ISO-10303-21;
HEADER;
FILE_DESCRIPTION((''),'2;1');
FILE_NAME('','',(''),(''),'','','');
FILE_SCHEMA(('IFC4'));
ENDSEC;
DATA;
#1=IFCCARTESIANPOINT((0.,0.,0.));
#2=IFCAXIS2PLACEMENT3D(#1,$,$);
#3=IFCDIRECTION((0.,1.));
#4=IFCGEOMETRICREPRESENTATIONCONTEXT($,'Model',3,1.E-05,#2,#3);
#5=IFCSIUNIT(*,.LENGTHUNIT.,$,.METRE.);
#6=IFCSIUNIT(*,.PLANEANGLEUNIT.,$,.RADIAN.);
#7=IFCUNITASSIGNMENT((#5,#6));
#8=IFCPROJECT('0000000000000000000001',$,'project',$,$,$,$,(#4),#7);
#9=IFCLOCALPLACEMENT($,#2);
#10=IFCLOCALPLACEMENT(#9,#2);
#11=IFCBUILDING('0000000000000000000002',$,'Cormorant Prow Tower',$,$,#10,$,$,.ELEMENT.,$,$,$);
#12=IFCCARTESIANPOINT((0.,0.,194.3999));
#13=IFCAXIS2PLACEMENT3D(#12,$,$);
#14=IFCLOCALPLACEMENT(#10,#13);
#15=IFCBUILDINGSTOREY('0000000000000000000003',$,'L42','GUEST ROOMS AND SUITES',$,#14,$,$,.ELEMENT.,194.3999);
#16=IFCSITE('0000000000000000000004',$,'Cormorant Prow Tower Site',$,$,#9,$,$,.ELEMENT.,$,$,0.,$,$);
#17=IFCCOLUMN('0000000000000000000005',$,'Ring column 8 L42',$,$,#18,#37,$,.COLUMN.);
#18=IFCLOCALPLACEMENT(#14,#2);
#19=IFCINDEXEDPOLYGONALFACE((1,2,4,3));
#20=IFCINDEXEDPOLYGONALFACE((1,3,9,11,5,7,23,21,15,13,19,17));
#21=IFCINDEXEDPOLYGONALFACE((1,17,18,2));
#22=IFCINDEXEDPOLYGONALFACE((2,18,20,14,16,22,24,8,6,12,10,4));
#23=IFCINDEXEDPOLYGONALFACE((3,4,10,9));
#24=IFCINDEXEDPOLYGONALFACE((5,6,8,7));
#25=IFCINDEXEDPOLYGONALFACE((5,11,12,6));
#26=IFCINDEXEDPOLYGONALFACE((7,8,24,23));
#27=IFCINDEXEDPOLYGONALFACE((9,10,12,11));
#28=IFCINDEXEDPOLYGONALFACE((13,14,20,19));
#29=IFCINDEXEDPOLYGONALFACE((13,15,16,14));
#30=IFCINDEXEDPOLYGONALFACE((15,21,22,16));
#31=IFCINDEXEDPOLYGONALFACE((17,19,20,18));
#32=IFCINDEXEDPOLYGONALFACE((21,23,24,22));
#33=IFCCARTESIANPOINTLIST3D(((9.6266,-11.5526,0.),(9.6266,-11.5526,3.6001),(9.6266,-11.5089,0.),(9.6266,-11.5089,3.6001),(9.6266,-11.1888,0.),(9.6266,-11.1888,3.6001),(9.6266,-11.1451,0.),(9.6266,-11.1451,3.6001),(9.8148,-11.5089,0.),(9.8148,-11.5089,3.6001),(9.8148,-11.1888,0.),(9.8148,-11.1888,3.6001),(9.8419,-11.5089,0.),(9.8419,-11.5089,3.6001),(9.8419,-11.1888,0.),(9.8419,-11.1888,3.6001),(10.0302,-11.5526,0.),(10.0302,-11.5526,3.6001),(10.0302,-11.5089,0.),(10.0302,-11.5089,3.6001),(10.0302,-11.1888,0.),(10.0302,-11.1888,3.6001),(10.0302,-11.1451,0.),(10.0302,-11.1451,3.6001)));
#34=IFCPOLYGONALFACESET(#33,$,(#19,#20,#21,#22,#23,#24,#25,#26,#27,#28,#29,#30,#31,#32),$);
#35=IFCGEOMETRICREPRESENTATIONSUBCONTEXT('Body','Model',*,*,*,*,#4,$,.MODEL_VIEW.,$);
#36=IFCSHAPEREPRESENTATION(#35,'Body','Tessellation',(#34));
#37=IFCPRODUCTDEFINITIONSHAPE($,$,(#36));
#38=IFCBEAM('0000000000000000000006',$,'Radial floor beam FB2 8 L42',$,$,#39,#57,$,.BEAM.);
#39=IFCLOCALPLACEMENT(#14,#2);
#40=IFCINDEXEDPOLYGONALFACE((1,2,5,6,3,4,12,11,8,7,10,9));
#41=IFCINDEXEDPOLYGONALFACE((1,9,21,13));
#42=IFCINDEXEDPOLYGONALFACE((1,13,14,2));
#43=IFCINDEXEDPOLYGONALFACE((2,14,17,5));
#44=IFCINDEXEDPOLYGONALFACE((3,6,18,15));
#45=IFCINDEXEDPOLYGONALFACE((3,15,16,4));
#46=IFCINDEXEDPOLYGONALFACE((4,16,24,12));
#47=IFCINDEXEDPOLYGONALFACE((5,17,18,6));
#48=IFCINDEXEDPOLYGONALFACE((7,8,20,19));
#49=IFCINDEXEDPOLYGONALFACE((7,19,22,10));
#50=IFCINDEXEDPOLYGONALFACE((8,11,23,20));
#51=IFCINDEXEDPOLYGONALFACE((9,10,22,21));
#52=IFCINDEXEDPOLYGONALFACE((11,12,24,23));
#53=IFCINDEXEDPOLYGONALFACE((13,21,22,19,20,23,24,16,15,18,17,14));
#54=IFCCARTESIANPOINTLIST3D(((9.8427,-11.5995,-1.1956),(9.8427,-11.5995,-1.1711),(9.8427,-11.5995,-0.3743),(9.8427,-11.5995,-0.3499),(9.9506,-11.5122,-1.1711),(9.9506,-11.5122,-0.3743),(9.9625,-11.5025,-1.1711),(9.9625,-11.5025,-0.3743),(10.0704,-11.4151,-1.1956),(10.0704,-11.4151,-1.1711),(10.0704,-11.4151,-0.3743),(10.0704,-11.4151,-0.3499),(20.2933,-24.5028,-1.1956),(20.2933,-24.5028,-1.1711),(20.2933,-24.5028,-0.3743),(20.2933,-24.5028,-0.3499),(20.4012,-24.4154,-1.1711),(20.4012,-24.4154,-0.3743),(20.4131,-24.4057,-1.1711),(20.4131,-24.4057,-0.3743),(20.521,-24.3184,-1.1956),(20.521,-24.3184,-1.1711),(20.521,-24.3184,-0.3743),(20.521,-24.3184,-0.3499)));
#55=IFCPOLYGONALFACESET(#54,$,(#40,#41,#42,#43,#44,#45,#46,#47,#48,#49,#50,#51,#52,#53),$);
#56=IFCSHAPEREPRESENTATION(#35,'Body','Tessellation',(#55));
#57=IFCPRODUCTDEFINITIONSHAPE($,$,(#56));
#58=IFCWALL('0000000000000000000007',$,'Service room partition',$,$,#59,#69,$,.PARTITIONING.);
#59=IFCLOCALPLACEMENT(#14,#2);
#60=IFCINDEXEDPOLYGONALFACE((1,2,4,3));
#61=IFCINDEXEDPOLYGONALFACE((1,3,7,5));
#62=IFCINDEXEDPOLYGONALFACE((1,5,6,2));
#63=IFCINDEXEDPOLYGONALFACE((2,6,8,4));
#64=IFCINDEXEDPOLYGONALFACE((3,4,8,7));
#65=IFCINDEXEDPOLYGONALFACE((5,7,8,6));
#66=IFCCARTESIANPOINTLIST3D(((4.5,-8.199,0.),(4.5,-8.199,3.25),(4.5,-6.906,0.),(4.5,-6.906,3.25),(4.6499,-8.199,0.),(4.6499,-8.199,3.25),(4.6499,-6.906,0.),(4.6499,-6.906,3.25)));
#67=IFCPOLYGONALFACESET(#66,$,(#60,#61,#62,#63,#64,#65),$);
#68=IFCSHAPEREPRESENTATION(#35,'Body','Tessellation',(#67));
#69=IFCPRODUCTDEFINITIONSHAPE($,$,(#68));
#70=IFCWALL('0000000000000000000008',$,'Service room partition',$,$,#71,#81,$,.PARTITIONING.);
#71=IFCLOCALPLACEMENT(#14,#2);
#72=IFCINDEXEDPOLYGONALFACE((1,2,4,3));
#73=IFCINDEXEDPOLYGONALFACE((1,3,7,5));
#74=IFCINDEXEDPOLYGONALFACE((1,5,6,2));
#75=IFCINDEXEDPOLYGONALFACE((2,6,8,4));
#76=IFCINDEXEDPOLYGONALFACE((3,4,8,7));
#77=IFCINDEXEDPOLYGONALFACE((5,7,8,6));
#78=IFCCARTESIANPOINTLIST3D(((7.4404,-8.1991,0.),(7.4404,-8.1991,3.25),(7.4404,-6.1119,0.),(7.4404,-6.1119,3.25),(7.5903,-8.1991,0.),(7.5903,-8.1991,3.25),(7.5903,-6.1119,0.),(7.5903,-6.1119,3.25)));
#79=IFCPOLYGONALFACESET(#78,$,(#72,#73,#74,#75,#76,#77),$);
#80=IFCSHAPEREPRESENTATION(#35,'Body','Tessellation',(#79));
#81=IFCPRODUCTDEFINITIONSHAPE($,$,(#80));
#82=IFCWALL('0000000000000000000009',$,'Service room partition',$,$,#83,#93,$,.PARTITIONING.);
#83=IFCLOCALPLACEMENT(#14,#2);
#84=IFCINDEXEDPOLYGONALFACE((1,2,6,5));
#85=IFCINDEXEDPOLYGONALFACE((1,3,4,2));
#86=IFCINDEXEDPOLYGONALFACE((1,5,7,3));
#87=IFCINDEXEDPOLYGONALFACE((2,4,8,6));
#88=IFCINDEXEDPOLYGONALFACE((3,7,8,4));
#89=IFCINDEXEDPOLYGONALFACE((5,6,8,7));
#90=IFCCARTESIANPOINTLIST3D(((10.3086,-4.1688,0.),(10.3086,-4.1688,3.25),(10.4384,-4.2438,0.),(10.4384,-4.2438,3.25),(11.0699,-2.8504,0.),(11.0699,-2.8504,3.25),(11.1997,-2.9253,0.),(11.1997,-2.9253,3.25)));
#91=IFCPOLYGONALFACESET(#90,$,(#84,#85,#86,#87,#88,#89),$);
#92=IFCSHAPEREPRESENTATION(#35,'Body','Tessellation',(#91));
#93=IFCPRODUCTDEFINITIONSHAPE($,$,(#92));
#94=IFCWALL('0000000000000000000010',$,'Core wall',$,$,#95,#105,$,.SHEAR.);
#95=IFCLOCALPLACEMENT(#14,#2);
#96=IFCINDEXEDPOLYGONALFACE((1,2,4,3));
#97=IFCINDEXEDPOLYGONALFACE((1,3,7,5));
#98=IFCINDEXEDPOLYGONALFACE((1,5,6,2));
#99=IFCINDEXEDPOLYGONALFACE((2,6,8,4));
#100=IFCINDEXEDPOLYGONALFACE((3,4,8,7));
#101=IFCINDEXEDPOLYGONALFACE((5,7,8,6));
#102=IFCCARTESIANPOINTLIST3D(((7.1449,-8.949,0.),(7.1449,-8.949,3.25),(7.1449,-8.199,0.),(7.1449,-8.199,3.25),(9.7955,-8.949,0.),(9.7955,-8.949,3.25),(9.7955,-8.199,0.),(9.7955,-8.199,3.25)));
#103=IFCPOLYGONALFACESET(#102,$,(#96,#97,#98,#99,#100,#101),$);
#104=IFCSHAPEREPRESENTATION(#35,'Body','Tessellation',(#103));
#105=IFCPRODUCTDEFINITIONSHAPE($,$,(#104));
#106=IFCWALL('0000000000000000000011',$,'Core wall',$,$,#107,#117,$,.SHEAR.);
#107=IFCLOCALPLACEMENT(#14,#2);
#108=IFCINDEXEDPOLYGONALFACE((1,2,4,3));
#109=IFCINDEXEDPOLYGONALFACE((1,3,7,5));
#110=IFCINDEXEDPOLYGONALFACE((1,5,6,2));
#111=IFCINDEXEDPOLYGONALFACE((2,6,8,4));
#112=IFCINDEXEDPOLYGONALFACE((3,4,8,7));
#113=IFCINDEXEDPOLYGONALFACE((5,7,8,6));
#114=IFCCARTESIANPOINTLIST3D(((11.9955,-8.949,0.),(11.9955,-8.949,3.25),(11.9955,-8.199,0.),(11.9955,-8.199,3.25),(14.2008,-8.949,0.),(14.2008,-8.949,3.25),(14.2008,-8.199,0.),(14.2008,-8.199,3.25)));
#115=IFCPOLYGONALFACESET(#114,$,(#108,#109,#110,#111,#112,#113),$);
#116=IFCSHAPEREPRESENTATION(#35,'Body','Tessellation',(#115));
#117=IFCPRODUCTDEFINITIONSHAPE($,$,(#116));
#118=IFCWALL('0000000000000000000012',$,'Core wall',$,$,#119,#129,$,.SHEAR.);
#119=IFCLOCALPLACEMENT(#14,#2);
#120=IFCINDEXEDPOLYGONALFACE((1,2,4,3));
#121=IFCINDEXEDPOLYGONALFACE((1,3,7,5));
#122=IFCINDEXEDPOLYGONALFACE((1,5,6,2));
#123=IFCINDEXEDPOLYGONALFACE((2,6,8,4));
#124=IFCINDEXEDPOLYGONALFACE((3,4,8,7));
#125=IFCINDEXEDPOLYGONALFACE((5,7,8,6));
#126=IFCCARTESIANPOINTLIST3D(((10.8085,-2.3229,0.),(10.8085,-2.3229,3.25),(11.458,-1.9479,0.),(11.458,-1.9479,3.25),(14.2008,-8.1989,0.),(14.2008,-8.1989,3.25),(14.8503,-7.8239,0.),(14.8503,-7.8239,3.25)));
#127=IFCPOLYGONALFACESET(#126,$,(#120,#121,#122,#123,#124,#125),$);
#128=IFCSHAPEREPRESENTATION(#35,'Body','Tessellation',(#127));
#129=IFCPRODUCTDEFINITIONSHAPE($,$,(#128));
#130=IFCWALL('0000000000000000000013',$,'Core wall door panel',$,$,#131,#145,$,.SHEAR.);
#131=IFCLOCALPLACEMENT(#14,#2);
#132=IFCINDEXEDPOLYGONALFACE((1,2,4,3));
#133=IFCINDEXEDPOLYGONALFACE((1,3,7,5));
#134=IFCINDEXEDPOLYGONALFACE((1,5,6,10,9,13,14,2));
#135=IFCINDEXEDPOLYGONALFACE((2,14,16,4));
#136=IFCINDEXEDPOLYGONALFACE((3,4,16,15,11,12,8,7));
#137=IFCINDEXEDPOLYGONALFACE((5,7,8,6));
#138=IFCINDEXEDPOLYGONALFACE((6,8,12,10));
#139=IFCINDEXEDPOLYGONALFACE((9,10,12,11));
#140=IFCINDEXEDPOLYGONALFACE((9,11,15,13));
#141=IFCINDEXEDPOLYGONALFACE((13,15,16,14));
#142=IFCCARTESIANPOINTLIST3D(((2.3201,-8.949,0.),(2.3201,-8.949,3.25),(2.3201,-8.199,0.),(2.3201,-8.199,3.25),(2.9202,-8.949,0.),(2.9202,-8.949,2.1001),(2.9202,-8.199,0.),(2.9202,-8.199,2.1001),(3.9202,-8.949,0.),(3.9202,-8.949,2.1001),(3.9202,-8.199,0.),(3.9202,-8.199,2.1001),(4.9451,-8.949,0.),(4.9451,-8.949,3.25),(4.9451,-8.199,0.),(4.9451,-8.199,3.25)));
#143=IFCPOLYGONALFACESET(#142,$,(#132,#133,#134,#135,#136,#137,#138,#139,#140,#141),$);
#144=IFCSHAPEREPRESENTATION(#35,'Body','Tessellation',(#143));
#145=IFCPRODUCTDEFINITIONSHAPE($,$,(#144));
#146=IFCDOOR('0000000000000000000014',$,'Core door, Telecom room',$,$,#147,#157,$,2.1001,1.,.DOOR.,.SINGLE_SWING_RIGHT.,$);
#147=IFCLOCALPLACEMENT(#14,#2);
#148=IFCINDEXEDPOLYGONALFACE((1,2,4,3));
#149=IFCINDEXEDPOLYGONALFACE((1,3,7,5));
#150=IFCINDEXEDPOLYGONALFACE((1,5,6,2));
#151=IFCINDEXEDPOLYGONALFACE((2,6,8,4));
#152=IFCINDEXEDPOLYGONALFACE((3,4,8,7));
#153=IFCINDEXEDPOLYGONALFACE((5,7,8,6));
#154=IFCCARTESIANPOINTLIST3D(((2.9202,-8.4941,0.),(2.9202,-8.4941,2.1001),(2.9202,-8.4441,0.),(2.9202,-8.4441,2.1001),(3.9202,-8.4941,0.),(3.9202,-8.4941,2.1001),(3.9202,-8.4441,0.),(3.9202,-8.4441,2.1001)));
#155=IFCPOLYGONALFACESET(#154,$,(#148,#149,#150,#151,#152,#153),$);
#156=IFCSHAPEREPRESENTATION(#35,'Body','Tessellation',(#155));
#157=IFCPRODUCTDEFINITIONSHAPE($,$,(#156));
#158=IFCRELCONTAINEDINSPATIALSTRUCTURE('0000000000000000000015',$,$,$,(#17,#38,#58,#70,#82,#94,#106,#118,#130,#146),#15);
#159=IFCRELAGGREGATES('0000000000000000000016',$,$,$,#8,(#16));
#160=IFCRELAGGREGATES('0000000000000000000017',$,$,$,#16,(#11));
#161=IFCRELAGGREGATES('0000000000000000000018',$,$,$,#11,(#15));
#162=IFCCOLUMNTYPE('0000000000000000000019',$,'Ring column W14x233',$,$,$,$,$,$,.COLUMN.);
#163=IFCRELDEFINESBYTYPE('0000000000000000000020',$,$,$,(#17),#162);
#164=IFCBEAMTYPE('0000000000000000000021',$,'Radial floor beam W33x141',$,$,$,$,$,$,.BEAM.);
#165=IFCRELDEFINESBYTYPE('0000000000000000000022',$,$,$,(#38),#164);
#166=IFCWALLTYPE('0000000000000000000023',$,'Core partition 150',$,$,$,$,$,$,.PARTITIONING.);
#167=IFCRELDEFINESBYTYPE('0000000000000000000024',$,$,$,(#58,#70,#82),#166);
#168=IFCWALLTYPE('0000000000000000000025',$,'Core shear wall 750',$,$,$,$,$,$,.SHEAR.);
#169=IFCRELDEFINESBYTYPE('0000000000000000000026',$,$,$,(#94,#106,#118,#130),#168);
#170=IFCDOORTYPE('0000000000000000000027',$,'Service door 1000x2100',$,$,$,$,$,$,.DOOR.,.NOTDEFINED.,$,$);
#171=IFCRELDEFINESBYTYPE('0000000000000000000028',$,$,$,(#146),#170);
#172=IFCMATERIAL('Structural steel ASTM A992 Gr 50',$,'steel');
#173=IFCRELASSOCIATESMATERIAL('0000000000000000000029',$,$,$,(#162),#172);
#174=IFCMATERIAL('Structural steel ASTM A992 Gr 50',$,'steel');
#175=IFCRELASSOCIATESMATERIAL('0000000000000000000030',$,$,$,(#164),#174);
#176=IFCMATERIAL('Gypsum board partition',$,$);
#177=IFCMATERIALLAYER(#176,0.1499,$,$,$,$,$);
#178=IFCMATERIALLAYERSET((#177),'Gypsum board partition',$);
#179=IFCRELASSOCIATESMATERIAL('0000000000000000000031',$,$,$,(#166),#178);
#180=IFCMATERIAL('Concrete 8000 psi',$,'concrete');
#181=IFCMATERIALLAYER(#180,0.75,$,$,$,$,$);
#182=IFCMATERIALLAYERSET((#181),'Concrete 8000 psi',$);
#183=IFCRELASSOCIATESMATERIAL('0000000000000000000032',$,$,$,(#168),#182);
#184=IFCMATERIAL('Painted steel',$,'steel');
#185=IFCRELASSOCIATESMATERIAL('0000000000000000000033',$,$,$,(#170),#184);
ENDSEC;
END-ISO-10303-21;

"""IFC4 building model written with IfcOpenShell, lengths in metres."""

from ifc_helpers import new_model, si_unit, direction, frame, frame_2d, origin, origin_2d, place, context, subcontext, project, spatial, rectangle, i_section, extrude, material, layer, layer_set, material_profile, profile_set, type_object, element, fill, save


model = new_model("IFC4")

# Units and contexts
model_context = context("Model", 3, precision=1e-05, world=origin(), true_north=direction((0.0, 1.0)))
body_context = subcontext(model_context, "Body", "Model", "MODEL_VIEW")
ifc_project = project(units=[si_unit("LENGTHUNIT", "METRE"), si_unit("PLANEANGLEUNIT", "RADIAN")], contexts=[model_context])

# Site, building, storey
site_placement = place(None, origin())
site = spatial("IfcSite", under=ifc_project, at=site_placement, Name="Cormorant Prow Tower Site", CompositionType="ELEMENT", RefElevation=0.0)
building_placement = place(site_placement, origin())
building = spatial("IfcBuilding", under=site, at=building_placement, Name="Cormorant Prow Tower", CompositionType="ELEMENT")
storey_placement = place(building_placement, frame((0.0, 0.0, 194.3999)))
storey = spatial("IfcBuildingStorey", under=building, at=storey_placement, Name="L42", Description="GUEST ROOMS AND SUITES", CompositionType="ELEMENT", Elevation=194.3999)

# Column
ifc_material_1 = material(Name="Structural steel ASTM A992 Gr 50", Category="steel")
ifc_material_profile_1 = material_profile(ifc_material_1, i_section(OverallWidth=0.4036, OverallDepth=0.4075, WebThickness=0.0271, FlangeThickness=0.0437, at=origin_2d()), Name="W14x233")
ifc_profile_set_1 = profile_set([ifc_material_profile_1], Name="Structural steel ASTM A992 Gr 50")
column_type = type_object("IfcColumnType", Name="Ring column W14x233", PredefinedType="COLUMN", material=ifc_profile_set_1)
column_placement = place(storey_placement, frame((9.8284, -11.3489, 0.0), z_axis=(0.0, 0.0, 1.0), x_axis=(1.0, 0.0, 0.0)))
element("IfcColumn", 1, at=column_placement, inside=storey, type_object=column_type, Name="Ring column 8 L42", PredefinedType="COLUMN", context=body_context, shape_type="SweptSolid", body=[
    extrude(i_section(OverallWidth=0.4036, OverallDepth=0.4075, WebThickness=0.0271, FlangeThickness=0.0437, at=origin_2d()), origin(), (0.0, 0.0, 1.0), 3.6001),
])

# Beam
ifc_material_2 = material(Name="Structural steel ASTM A992 Gr 50", Category="steel")
ifc_material_profile_2 = material_profile(ifc_material_2, i_section(OverallWidth=0.293, OverallDepth=0.8457, WebThickness=0.0154, FlangeThickness=0.0244, at=origin_2d()), Name="W33x141")
ifc_profile_set_2 = profile_set([ifc_material_profile_2], Name="Structural steel ASTM A992 Gr 50")
beam_type = type_object("IfcBeamType", Name="Radial floor beam W33x141", PredefinedType="BEAM", material=ifc_profile_set_2)
beam_placement = place(storey_placement, frame((9.9565, -11.5073, -0.7727), z_axis=(0.629385, -0.777094, 0.0), x_axis=(0.777094, 0.629385, 0.0)))
element("IfcBeam", 2, at=beam_placement, inside=storey, type_object=beam_type, Name="Radial floor beam FB2 8 L42", PredefinedType="BEAM", context=body_context, shape_type="SweptSolid", body=[
    extrude(i_section(OverallWidth=0.293, OverallDepth=0.8457, WebThickness=0.0154, FlangeThickness=0.0244, at=origin_2d()), origin(), (0.0, 0.0, 1.0), 16.6045),
])

# Walls
ifc_material_3 = material(Name="Gypsum board partition")
ifc_layer_1 = layer(ifc_material_3, 0.1499)
ifc_layer_set_1 = layer_set([ifc_layer_1], Name="Gypsum board partition")
wall_type_1 = type_object("IfcWallType", Name="Core partition 150", PredefinedType="PARTITIONING", material=ifc_layer_set_1)
wall_1_placement = place(storey_placement, frame((4.575, -6.906, 0.0), z_axis=(0.0, 0.0, 1.0), x_axis=(0.0, -1.0, 0.0)))
element("IfcWall", 3, at=wall_1_placement, inside=storey, type_object=wall_type_1, Name="Service room partition", PredefinedType="PARTITIONING", context=body_context, shape_type="SweptSolid", body=[
    extrude(rectangle(XDim=1.293, YDim=0.1499, at=frame_2d((0.6465, 0.0))), origin(), (0.0, 0.0, 1.0), 3.25),
])
wall_2_placement = place(storey_placement, frame((7.5154, -8.199, 0.0), z_axis=(0.0, 0.0, 1.0), x_axis=(0.0, 1.0, 0.0)))
element("IfcWall", 4, at=wall_2_placement, inside=storey, type_object=wall_type_1, Name="Service room partition", PredefinedType="PARTITIONING", context=body_context, shape_type="SweptSolid", body=[
    extrude(rectangle(XDim=2.0872, YDim=0.1499, at=frame_2d((1.0435, 0.0))), origin(), (0.0, 0.0, 1.0), 3.25),
])
wall_3_placement = place(storey_placement, frame((10.3735, -4.2063, 0.0), z_axis=(0.0, 0.0, 1.0), x_axis=(0.500037, 0.866004, 0.0)))
element("IfcWall", 5, at=wall_3_placement, inside=storey, type_object=wall_type_1, Name="Service room partition", PredefinedType="PARTITIONING", context=body_context, shape_type="SweptSolid", body=[
    extrude(rectangle(XDim=1.5225, YDim=0.1499, at=frame_2d((0.7612, 0.0))), origin(), (0.0, 0.0, 1.0), 3.25),
])
ifc_material_4 = material(Name="Concrete 8000 psi", Category="concrete")
ifc_layer_2 = layer(ifc_material_4, 0.75)
ifc_layer_set_2 = layer_set([ifc_layer_2], Name="Concrete 8000 psi")
wall_type_2 = type_object("IfcWallType", Name="Core shear wall 750", PredefinedType="SHEAR", material=ifc_layer_set_2)
wall_4_placement = place(storey_placement, frame((7.145, -8.574, 0.0), z_axis=(0.0, 0.0, 1.0), x_axis=(1.0, 0.0, 0.0)))
element("IfcWall", 6, at=wall_4_placement, inside=storey, type_object=wall_type_2, Name="Core wall", PredefinedType="SHEAR", context=body_context, shape_type="SweptSolid", body=[
    extrude(rectangle(XDim=2.6506, YDim=0.75, at=frame_2d((1.3252, 0.0))), origin(), (0.0, 0.0, 1.0), 3.25),
])
wall_5_placement = place(storey_placement, frame((11.9956, -8.574, 0.0), z_axis=(0.0, 0.0, 1.0), x_axis=(1.0, 0.0, 0.0)))
element("IfcWall", 7, at=wall_5_placement, inside=storey, type_object=wall_type_2, Name="Core wall", PredefinedType="SHEAR", context=body_context, shape_type="SweptSolid", body=[
    extrude(rectangle(XDim=2.2053, YDim=0.75, at=frame_2d((1.1025, 0.0))), origin(), (0.0, 0.0, 1.0), 3.25),
])
wall_6_placement = place(storey_placement, frame((14.5256, -8.0115, 0.0), z_axis=(0.0, 0.0, 1.0), x_axis=(-0.499982, 0.866036, 0.0)))
element("IfcWall", 8, at=wall_6_placement, inside=storey, type_object=wall_type_2, Name="Core wall", PredefinedType="SHEAR", context=body_context, shape_type="SweptSolid", body=[
    extrude(rectangle(XDim=6.7849, YDim=0.75, at=frame_2d((3.3926, 0.0))), origin(), (0.0, 0.0, 1.0), 3.25),
])

# Wall, opening, door
wall_7_placement = place(storey_placement, frame((2.3201, -8.574, 0.0), z_axis=(0.0, 0.0, 1.0), x_axis=(1.0, 0.0, 0.0)))
wall_7 = element("IfcWall", 9, at=wall_7_placement, inside=storey, type_object=wall_type_2, Name="Core wall door panel", PredefinedType="SHEAR", context=body_context, shape_type="SweptSolid", body=[
    extrude(rectangle(XDim=2.625, YDim=0.75, at=frame_2d((1.3125, 0.0))), origin(), (0.0, 0.0, 1.0), 3.25),
])
opening_1_placement = place(wall_7_placement, frame((0.6001, 0.0, 0.0)))
opening_1 = element("IfcOpeningElement", 10, at=opening_1_placement, cuts=wall_7, PredefinedType="OPENING", context=body_context, shape_type="SweptSolid", body=[
    extrude(rectangle(XDim=1.0, YDim=2.1001, at=frame_2d((0.5, 1.05))), frame((0.0, 0.385, 0.0), z_axis=(0.0, -1.0, 0.0), x_axis=(1.0, 0.0, 0.0)), (0.0, 0.0, 1.0), 0.77),
])
ifc_material_5 = material(Name="Painted steel", Category="steel")
door_type_1 = type_object("IfcDoorType", Name="Service door 1000x2100", OperationType="NOTDEFINED", PredefinedType="DOOR", material=ifc_material_5)
door_1_placement = place(opening_1_placement, origin())
door_1 = element("IfcDoor", 11, at=door_1_placement, inside=storey, type_object=door_type_1, Name="Core door, Telecom room", OperationType="SINGLE_SWING_RIGHT", OverallHeight=2.1001, OverallWidth=1.0, PredefinedType="DOOR", context=body_context, shape_type="SweptSolid", body=[
    extrude(rectangle(XDim=1.0, YDim=2.1001, at=frame_2d((0.5, 1.05))), frame((0.0, 0.1299, 0.0), z_axis=(0.0, -1.0, 0.0), x_axis=(1.0, 0.0, 0.0)), (0.0, 0.0, 1.0), 0.05),
])
fill(opening_1, door_1)

save(model, "model.ifc")
